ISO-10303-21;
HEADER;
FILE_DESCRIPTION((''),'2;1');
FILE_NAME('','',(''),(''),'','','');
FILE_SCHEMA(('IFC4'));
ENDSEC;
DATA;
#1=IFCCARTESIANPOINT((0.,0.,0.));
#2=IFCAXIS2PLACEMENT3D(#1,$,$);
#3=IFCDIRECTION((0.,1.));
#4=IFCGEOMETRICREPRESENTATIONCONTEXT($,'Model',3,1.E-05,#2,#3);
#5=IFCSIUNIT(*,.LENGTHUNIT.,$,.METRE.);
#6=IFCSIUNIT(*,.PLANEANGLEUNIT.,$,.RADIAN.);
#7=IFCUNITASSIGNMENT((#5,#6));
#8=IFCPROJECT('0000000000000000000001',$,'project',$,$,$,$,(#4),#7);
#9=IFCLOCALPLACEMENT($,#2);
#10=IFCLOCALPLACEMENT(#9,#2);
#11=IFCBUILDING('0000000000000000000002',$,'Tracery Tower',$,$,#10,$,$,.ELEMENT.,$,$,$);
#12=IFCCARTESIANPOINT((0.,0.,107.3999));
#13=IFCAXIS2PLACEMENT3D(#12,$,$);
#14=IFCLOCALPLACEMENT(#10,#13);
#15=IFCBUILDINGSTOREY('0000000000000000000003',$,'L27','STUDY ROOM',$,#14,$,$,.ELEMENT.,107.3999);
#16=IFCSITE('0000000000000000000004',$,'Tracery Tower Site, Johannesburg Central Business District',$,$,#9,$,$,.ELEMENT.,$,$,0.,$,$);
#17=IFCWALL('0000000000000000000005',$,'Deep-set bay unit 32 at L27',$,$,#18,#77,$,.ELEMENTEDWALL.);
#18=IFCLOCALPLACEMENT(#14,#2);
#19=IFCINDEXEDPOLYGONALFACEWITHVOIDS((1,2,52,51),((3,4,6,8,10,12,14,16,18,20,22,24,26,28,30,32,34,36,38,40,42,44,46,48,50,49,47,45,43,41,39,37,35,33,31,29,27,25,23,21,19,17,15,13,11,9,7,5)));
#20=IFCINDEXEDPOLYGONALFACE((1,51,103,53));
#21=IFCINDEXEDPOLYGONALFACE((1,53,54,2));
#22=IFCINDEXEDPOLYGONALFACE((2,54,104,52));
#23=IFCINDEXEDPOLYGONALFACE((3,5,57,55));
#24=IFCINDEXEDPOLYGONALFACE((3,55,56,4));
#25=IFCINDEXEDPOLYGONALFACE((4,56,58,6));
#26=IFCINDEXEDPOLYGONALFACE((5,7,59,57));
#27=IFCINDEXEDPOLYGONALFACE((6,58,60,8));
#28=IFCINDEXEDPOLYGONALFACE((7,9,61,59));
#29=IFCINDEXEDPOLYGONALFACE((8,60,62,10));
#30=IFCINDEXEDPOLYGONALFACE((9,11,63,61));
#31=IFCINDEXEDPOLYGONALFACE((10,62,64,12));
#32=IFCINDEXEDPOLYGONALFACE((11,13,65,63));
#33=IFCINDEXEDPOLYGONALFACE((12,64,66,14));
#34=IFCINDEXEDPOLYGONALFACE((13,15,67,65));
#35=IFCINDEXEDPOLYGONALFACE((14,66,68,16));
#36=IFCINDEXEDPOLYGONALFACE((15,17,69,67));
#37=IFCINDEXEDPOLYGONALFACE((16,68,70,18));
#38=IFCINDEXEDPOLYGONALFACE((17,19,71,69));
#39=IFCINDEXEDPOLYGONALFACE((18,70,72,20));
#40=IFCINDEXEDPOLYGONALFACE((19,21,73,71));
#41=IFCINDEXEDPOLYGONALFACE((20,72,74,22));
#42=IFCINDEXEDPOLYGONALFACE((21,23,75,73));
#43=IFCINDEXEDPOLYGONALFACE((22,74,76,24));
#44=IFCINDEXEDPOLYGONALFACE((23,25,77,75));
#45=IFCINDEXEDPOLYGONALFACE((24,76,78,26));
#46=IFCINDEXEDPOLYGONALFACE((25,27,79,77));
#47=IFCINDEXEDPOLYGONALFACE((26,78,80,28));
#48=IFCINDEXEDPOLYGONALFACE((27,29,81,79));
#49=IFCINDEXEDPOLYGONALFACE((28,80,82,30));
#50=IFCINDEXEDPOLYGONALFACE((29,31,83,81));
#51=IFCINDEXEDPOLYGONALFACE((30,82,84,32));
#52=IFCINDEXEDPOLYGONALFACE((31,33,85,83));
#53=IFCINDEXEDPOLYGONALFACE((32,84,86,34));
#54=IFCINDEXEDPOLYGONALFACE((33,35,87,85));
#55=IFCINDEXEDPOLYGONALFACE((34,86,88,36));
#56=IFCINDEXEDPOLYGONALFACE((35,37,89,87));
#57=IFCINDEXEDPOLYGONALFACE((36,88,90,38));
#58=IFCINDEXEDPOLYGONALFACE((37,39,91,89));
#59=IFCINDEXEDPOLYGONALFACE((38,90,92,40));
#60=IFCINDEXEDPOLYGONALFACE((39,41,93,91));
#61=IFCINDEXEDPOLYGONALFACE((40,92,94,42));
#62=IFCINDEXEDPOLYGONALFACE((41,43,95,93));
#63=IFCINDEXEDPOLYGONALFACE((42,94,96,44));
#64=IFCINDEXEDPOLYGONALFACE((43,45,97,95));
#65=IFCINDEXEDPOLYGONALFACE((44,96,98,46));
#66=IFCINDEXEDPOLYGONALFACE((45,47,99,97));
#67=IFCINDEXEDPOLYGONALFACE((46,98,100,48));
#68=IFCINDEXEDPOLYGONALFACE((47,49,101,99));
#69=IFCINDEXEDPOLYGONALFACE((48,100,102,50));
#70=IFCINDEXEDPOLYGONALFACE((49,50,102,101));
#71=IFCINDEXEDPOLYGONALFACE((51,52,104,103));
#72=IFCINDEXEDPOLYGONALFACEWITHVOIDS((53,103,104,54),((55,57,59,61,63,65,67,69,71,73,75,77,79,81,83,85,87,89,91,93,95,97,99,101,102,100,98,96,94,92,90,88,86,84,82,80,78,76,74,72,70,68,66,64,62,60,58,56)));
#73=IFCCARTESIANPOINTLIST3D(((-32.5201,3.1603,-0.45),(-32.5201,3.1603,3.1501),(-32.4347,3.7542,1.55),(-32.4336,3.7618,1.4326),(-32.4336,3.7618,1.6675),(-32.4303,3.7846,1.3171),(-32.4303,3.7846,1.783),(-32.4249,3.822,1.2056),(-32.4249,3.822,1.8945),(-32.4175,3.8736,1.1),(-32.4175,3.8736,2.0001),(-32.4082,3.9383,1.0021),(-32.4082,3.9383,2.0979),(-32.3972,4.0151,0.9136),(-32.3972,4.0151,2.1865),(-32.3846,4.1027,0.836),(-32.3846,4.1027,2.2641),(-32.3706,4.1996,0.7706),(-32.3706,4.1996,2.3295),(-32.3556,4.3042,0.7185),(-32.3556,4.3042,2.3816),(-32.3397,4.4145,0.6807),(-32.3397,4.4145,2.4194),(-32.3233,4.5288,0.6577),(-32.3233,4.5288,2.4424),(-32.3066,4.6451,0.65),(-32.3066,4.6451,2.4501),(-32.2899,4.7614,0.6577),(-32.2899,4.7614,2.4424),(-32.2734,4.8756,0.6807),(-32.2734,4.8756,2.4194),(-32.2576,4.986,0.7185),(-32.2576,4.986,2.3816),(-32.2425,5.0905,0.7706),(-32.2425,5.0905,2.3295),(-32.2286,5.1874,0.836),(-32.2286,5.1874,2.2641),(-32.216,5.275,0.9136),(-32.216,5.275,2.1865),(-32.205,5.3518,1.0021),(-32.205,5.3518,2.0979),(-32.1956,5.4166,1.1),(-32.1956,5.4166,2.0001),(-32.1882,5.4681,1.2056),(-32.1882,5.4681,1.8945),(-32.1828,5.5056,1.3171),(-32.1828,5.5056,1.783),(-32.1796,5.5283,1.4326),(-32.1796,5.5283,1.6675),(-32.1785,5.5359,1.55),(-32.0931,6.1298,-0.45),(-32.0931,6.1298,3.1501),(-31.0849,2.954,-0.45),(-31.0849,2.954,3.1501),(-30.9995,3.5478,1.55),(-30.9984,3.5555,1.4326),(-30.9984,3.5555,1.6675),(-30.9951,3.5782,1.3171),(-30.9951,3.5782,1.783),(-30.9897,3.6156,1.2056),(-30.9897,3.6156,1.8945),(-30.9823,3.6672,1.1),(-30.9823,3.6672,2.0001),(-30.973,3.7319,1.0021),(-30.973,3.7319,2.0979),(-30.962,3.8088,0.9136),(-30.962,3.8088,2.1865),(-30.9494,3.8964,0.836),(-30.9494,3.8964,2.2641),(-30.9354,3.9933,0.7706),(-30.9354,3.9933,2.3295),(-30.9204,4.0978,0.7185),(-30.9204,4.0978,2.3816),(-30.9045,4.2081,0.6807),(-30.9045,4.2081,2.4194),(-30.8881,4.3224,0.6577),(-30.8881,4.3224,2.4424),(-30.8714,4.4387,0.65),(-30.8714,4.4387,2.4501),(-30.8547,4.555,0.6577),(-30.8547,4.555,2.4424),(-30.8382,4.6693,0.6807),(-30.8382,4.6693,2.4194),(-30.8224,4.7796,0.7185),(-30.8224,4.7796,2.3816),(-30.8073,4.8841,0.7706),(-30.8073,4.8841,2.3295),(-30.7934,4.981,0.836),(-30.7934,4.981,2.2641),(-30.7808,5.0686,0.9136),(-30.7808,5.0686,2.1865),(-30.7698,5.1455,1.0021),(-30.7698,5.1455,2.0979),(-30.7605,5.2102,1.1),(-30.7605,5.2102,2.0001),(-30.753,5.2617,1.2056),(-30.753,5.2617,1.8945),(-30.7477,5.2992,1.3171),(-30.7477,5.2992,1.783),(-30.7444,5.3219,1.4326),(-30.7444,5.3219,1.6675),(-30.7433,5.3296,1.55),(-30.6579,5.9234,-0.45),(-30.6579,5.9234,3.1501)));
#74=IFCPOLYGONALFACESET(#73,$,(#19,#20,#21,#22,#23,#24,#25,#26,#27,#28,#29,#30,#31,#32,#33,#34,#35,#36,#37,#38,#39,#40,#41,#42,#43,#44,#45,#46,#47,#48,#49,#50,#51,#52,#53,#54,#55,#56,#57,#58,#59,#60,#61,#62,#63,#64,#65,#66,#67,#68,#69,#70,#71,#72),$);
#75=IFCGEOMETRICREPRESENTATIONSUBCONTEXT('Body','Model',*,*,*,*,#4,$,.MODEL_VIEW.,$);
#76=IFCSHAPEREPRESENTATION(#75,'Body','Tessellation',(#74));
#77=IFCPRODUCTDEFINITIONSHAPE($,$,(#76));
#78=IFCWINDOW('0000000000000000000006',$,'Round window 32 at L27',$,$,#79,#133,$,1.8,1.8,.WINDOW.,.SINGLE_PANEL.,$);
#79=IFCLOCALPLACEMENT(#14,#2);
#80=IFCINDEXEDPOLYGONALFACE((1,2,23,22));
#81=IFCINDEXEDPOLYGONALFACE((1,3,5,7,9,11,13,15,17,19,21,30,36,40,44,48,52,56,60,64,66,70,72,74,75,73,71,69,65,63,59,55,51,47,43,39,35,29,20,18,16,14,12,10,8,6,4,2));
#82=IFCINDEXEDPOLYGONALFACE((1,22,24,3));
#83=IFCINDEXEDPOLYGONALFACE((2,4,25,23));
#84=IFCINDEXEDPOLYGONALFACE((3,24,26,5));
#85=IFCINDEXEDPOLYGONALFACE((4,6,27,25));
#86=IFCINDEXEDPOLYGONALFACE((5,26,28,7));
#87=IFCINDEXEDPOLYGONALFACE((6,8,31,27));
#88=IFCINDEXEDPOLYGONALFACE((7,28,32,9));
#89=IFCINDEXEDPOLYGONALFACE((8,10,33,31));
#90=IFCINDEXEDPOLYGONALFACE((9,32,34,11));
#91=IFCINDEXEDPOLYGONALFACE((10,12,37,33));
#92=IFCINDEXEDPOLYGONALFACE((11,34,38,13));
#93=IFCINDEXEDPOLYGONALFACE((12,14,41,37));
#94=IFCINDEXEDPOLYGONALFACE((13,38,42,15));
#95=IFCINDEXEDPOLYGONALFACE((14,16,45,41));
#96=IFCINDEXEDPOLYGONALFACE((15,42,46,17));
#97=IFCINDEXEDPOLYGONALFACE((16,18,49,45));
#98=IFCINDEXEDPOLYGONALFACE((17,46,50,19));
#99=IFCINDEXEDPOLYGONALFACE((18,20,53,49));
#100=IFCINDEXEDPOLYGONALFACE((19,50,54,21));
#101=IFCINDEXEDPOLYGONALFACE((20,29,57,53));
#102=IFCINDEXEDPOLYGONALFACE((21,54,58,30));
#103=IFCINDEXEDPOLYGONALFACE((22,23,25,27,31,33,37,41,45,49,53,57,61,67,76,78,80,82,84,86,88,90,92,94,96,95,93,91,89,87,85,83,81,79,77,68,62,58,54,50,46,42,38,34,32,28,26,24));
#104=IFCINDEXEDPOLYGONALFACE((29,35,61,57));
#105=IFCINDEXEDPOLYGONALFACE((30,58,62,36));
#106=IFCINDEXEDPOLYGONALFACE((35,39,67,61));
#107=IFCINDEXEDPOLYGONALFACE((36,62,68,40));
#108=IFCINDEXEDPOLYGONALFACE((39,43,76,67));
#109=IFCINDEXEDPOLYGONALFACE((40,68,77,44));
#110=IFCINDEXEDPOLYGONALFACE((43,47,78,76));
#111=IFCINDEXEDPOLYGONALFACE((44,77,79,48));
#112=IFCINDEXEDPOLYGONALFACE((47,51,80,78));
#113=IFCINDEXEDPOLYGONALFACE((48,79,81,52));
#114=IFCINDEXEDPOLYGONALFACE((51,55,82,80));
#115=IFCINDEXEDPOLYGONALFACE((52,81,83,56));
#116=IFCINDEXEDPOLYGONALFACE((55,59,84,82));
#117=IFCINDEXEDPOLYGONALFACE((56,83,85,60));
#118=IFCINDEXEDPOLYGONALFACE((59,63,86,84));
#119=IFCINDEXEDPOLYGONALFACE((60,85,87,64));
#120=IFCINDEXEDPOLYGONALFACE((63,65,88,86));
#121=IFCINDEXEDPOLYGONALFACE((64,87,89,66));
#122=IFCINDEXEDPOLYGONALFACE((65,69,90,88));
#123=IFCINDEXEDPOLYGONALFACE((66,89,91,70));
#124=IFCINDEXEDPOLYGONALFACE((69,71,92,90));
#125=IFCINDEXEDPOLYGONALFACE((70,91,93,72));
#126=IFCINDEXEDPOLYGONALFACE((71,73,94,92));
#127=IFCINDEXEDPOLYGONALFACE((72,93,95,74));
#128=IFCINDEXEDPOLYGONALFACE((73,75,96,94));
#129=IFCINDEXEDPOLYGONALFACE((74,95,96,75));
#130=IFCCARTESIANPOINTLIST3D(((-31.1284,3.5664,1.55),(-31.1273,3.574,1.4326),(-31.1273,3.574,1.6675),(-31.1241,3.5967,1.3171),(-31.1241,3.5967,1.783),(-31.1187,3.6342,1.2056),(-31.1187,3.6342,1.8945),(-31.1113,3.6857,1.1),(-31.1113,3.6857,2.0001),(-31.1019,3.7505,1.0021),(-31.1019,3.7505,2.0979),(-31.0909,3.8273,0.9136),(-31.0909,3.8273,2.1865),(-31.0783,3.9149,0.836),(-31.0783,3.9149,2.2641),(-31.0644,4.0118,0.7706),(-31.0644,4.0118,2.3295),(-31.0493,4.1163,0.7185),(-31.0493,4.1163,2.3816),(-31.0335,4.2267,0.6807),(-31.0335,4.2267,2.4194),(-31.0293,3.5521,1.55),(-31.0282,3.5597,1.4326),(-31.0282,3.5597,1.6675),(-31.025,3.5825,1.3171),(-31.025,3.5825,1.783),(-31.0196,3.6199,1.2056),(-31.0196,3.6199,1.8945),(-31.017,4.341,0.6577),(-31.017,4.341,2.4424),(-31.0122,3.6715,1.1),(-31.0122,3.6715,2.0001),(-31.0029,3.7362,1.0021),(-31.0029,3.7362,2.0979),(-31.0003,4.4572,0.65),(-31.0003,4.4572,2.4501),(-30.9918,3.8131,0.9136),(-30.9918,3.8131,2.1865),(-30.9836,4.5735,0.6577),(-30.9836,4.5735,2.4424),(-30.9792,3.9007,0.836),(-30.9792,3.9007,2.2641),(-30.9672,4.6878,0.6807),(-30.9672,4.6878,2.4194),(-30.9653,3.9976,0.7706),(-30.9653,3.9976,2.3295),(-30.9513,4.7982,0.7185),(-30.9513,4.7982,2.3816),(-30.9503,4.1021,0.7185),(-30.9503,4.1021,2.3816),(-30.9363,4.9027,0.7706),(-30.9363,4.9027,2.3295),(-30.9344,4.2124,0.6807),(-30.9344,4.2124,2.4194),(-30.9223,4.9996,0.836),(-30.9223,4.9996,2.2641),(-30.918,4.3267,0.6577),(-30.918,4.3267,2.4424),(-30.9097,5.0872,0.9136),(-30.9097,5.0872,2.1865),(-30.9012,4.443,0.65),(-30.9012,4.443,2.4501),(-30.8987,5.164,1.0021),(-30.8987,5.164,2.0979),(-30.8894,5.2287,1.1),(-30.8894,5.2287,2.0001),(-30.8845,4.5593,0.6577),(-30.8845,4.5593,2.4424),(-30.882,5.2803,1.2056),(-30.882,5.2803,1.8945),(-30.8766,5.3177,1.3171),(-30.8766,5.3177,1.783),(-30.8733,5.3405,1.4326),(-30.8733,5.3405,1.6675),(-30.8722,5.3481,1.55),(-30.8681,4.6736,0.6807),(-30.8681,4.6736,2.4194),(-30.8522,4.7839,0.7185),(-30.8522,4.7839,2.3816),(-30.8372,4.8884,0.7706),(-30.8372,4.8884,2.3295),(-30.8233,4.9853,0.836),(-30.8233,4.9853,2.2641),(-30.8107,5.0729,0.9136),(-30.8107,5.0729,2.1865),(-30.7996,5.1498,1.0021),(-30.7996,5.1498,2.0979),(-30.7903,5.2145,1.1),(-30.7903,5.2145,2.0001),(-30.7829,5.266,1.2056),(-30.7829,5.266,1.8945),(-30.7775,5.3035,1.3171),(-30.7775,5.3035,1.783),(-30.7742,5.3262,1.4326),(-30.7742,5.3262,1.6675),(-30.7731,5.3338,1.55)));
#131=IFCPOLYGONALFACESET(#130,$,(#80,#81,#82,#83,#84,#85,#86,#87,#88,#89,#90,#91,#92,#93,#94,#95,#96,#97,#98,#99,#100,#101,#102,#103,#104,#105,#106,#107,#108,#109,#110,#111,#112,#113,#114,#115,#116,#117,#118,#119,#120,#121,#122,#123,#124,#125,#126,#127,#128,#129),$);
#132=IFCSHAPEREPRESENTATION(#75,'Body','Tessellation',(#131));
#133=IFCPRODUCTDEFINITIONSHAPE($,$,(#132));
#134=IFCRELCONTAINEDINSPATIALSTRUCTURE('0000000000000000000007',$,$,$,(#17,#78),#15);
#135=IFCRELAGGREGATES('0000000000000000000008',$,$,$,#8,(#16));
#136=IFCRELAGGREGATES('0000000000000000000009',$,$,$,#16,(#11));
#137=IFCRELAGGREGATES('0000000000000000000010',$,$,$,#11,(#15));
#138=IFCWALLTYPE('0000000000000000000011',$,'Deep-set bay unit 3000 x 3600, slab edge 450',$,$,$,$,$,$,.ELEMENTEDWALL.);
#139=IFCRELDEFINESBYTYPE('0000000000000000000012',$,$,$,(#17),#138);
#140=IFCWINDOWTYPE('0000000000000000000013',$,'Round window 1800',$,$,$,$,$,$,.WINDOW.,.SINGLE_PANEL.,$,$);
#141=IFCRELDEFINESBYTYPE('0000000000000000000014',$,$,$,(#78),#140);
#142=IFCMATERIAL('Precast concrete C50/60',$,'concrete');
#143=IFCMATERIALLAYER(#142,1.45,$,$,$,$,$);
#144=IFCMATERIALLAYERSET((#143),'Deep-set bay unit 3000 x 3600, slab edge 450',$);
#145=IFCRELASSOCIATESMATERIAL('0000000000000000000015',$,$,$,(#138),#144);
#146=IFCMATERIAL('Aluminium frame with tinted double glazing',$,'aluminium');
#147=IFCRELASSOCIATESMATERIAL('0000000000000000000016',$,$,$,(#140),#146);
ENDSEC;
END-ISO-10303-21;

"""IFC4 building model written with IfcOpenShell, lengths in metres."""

from ifc_helpers import new_model, si_unit, direction, frame, frame_2d, origin, origin_2d, place, context, subcontext, project, spatial, rectangle, circle, extrude, material, layer, layer_set, type_object, element, fill, save


model = new_model("IFC4")

# Units and contexts
model_context = context("Model", 3, precision=1e-05, world=origin(), true_north=direction((0.0, 1.0)))
body_context = subcontext(model_context, "Body", "Model", "MODEL_VIEW")
ifc_project = project(units=[si_unit("LENGTHUNIT", "METRE"), si_unit("PLANEANGLEUNIT", "RADIAN")], contexts=[model_context])

# Site, building, storey
site_placement = place(None, origin())
site = spatial("IfcSite", under=ifc_project, at=site_placement, Name="Tracery Tower Site, Johannesburg Central Business District", CompositionType="ELEMENT", RefElevation=0.0)
building_placement = place(site_placement, origin())
building = spatial("IfcBuilding", under=site, at=building_placement, Name="Tracery Tower", CompositionType="ELEMENT")
storey_placement = place(building_placement, frame((0.0, 0.0, 107.3999)))
storey = spatial("IfcBuildingStorey", under=building, at=storey_placement, Name="L27", Description="STUDY ROOM", CompositionType="ELEMENT", Elevation=107.3999)

# Wall, opening, window
ifc_material_1 = material(Name="Precast concrete C50/60", Category="concrete")
ifc_layer_1 = layer(ifc_material_1, 1.45)
ifc_layer_set_1 = layer_set([ifc_layer_1], Name="Deep-set bay unit 3000 x 3600, slab edge 450")
wall_type_1 = type_object("IfcWallType", Name="Deep-set bay unit 3000 x 3600, slab edge 450", PredefinedType="ELEMENTEDWALL", material=ifc_layer_set_1)
wall_1_placement = place(storey_placement, frame((-31.3755, 6.0266, -0.45), z_axis=(0.0, 0.0, 1.0), x_axis=(-0.142333, -0.989819, 0.0)))
wall_1 = element("IfcWall", 1, at=wall_1_placement, inside=storey, type_object=wall_type_1, Name="Deep-set bay unit 32 at L27", PredefinedType="ELEMENTEDWALL", context=body_context, shape_type="SweptSolid", body=[
    extrude(rectangle(XDim=3.0, YDim=1.45, at=frame_2d((1.5, 0.0))), origin(), (0.0, 0.0, 1.0), 3.6001),
])
opening_1_placement = place(wall_1_placement, frame((1.5, 0.0, 2.0)))
opening_1 = element("IfcOpeningElement", 2, at=opening_1_placement, cuts=wall_1, PredefinedType="OPENING", context=body_context, shape_type="SweptSolid", body=[
    extrude(circle(Radius=0.9, at=origin_2d()), frame((0.0, 0.7349, 0.0), z_axis=(0.0, -1.0, 0.0), x_axis=(1.0, 0.0, 0.0)), (0.0, 0.0, 1.0), 1.47),
])
ifc_material_2 = material(Name="Aluminium frame with tinted double glazing", Category="aluminium")
window_type = type_object("IfcWindowType", Name="Round window 1800", PartitioningType="SINGLE_PANEL", PredefinedType="WINDOW", material=ifc_material_2)
window_1_placement = place(opening_1_placement, origin())
window_1 = element("IfcWindow", 3, at=window_1_placement, inside=storey, type_object=window_type, Name="Round window 32 at L27", OverallHeight=1.8, OverallWidth=1.8, PartitioningType="SINGLE_PANEL", PredefinedType="WINDOW", context=body_context, shape_type="SweptSolid", body=[
    extrude(circle(Radius=0.9, at=origin_2d()), frame((0.0, 0.6948, 0.0), z_axis=(0.0, -1.0, 0.0), x_axis=(1.0, 0.0, 0.0)), (0.0, 0.0, 1.0), 0.1001),
])
fill(opening_1, window_1)

save(model, "model.ifc")
